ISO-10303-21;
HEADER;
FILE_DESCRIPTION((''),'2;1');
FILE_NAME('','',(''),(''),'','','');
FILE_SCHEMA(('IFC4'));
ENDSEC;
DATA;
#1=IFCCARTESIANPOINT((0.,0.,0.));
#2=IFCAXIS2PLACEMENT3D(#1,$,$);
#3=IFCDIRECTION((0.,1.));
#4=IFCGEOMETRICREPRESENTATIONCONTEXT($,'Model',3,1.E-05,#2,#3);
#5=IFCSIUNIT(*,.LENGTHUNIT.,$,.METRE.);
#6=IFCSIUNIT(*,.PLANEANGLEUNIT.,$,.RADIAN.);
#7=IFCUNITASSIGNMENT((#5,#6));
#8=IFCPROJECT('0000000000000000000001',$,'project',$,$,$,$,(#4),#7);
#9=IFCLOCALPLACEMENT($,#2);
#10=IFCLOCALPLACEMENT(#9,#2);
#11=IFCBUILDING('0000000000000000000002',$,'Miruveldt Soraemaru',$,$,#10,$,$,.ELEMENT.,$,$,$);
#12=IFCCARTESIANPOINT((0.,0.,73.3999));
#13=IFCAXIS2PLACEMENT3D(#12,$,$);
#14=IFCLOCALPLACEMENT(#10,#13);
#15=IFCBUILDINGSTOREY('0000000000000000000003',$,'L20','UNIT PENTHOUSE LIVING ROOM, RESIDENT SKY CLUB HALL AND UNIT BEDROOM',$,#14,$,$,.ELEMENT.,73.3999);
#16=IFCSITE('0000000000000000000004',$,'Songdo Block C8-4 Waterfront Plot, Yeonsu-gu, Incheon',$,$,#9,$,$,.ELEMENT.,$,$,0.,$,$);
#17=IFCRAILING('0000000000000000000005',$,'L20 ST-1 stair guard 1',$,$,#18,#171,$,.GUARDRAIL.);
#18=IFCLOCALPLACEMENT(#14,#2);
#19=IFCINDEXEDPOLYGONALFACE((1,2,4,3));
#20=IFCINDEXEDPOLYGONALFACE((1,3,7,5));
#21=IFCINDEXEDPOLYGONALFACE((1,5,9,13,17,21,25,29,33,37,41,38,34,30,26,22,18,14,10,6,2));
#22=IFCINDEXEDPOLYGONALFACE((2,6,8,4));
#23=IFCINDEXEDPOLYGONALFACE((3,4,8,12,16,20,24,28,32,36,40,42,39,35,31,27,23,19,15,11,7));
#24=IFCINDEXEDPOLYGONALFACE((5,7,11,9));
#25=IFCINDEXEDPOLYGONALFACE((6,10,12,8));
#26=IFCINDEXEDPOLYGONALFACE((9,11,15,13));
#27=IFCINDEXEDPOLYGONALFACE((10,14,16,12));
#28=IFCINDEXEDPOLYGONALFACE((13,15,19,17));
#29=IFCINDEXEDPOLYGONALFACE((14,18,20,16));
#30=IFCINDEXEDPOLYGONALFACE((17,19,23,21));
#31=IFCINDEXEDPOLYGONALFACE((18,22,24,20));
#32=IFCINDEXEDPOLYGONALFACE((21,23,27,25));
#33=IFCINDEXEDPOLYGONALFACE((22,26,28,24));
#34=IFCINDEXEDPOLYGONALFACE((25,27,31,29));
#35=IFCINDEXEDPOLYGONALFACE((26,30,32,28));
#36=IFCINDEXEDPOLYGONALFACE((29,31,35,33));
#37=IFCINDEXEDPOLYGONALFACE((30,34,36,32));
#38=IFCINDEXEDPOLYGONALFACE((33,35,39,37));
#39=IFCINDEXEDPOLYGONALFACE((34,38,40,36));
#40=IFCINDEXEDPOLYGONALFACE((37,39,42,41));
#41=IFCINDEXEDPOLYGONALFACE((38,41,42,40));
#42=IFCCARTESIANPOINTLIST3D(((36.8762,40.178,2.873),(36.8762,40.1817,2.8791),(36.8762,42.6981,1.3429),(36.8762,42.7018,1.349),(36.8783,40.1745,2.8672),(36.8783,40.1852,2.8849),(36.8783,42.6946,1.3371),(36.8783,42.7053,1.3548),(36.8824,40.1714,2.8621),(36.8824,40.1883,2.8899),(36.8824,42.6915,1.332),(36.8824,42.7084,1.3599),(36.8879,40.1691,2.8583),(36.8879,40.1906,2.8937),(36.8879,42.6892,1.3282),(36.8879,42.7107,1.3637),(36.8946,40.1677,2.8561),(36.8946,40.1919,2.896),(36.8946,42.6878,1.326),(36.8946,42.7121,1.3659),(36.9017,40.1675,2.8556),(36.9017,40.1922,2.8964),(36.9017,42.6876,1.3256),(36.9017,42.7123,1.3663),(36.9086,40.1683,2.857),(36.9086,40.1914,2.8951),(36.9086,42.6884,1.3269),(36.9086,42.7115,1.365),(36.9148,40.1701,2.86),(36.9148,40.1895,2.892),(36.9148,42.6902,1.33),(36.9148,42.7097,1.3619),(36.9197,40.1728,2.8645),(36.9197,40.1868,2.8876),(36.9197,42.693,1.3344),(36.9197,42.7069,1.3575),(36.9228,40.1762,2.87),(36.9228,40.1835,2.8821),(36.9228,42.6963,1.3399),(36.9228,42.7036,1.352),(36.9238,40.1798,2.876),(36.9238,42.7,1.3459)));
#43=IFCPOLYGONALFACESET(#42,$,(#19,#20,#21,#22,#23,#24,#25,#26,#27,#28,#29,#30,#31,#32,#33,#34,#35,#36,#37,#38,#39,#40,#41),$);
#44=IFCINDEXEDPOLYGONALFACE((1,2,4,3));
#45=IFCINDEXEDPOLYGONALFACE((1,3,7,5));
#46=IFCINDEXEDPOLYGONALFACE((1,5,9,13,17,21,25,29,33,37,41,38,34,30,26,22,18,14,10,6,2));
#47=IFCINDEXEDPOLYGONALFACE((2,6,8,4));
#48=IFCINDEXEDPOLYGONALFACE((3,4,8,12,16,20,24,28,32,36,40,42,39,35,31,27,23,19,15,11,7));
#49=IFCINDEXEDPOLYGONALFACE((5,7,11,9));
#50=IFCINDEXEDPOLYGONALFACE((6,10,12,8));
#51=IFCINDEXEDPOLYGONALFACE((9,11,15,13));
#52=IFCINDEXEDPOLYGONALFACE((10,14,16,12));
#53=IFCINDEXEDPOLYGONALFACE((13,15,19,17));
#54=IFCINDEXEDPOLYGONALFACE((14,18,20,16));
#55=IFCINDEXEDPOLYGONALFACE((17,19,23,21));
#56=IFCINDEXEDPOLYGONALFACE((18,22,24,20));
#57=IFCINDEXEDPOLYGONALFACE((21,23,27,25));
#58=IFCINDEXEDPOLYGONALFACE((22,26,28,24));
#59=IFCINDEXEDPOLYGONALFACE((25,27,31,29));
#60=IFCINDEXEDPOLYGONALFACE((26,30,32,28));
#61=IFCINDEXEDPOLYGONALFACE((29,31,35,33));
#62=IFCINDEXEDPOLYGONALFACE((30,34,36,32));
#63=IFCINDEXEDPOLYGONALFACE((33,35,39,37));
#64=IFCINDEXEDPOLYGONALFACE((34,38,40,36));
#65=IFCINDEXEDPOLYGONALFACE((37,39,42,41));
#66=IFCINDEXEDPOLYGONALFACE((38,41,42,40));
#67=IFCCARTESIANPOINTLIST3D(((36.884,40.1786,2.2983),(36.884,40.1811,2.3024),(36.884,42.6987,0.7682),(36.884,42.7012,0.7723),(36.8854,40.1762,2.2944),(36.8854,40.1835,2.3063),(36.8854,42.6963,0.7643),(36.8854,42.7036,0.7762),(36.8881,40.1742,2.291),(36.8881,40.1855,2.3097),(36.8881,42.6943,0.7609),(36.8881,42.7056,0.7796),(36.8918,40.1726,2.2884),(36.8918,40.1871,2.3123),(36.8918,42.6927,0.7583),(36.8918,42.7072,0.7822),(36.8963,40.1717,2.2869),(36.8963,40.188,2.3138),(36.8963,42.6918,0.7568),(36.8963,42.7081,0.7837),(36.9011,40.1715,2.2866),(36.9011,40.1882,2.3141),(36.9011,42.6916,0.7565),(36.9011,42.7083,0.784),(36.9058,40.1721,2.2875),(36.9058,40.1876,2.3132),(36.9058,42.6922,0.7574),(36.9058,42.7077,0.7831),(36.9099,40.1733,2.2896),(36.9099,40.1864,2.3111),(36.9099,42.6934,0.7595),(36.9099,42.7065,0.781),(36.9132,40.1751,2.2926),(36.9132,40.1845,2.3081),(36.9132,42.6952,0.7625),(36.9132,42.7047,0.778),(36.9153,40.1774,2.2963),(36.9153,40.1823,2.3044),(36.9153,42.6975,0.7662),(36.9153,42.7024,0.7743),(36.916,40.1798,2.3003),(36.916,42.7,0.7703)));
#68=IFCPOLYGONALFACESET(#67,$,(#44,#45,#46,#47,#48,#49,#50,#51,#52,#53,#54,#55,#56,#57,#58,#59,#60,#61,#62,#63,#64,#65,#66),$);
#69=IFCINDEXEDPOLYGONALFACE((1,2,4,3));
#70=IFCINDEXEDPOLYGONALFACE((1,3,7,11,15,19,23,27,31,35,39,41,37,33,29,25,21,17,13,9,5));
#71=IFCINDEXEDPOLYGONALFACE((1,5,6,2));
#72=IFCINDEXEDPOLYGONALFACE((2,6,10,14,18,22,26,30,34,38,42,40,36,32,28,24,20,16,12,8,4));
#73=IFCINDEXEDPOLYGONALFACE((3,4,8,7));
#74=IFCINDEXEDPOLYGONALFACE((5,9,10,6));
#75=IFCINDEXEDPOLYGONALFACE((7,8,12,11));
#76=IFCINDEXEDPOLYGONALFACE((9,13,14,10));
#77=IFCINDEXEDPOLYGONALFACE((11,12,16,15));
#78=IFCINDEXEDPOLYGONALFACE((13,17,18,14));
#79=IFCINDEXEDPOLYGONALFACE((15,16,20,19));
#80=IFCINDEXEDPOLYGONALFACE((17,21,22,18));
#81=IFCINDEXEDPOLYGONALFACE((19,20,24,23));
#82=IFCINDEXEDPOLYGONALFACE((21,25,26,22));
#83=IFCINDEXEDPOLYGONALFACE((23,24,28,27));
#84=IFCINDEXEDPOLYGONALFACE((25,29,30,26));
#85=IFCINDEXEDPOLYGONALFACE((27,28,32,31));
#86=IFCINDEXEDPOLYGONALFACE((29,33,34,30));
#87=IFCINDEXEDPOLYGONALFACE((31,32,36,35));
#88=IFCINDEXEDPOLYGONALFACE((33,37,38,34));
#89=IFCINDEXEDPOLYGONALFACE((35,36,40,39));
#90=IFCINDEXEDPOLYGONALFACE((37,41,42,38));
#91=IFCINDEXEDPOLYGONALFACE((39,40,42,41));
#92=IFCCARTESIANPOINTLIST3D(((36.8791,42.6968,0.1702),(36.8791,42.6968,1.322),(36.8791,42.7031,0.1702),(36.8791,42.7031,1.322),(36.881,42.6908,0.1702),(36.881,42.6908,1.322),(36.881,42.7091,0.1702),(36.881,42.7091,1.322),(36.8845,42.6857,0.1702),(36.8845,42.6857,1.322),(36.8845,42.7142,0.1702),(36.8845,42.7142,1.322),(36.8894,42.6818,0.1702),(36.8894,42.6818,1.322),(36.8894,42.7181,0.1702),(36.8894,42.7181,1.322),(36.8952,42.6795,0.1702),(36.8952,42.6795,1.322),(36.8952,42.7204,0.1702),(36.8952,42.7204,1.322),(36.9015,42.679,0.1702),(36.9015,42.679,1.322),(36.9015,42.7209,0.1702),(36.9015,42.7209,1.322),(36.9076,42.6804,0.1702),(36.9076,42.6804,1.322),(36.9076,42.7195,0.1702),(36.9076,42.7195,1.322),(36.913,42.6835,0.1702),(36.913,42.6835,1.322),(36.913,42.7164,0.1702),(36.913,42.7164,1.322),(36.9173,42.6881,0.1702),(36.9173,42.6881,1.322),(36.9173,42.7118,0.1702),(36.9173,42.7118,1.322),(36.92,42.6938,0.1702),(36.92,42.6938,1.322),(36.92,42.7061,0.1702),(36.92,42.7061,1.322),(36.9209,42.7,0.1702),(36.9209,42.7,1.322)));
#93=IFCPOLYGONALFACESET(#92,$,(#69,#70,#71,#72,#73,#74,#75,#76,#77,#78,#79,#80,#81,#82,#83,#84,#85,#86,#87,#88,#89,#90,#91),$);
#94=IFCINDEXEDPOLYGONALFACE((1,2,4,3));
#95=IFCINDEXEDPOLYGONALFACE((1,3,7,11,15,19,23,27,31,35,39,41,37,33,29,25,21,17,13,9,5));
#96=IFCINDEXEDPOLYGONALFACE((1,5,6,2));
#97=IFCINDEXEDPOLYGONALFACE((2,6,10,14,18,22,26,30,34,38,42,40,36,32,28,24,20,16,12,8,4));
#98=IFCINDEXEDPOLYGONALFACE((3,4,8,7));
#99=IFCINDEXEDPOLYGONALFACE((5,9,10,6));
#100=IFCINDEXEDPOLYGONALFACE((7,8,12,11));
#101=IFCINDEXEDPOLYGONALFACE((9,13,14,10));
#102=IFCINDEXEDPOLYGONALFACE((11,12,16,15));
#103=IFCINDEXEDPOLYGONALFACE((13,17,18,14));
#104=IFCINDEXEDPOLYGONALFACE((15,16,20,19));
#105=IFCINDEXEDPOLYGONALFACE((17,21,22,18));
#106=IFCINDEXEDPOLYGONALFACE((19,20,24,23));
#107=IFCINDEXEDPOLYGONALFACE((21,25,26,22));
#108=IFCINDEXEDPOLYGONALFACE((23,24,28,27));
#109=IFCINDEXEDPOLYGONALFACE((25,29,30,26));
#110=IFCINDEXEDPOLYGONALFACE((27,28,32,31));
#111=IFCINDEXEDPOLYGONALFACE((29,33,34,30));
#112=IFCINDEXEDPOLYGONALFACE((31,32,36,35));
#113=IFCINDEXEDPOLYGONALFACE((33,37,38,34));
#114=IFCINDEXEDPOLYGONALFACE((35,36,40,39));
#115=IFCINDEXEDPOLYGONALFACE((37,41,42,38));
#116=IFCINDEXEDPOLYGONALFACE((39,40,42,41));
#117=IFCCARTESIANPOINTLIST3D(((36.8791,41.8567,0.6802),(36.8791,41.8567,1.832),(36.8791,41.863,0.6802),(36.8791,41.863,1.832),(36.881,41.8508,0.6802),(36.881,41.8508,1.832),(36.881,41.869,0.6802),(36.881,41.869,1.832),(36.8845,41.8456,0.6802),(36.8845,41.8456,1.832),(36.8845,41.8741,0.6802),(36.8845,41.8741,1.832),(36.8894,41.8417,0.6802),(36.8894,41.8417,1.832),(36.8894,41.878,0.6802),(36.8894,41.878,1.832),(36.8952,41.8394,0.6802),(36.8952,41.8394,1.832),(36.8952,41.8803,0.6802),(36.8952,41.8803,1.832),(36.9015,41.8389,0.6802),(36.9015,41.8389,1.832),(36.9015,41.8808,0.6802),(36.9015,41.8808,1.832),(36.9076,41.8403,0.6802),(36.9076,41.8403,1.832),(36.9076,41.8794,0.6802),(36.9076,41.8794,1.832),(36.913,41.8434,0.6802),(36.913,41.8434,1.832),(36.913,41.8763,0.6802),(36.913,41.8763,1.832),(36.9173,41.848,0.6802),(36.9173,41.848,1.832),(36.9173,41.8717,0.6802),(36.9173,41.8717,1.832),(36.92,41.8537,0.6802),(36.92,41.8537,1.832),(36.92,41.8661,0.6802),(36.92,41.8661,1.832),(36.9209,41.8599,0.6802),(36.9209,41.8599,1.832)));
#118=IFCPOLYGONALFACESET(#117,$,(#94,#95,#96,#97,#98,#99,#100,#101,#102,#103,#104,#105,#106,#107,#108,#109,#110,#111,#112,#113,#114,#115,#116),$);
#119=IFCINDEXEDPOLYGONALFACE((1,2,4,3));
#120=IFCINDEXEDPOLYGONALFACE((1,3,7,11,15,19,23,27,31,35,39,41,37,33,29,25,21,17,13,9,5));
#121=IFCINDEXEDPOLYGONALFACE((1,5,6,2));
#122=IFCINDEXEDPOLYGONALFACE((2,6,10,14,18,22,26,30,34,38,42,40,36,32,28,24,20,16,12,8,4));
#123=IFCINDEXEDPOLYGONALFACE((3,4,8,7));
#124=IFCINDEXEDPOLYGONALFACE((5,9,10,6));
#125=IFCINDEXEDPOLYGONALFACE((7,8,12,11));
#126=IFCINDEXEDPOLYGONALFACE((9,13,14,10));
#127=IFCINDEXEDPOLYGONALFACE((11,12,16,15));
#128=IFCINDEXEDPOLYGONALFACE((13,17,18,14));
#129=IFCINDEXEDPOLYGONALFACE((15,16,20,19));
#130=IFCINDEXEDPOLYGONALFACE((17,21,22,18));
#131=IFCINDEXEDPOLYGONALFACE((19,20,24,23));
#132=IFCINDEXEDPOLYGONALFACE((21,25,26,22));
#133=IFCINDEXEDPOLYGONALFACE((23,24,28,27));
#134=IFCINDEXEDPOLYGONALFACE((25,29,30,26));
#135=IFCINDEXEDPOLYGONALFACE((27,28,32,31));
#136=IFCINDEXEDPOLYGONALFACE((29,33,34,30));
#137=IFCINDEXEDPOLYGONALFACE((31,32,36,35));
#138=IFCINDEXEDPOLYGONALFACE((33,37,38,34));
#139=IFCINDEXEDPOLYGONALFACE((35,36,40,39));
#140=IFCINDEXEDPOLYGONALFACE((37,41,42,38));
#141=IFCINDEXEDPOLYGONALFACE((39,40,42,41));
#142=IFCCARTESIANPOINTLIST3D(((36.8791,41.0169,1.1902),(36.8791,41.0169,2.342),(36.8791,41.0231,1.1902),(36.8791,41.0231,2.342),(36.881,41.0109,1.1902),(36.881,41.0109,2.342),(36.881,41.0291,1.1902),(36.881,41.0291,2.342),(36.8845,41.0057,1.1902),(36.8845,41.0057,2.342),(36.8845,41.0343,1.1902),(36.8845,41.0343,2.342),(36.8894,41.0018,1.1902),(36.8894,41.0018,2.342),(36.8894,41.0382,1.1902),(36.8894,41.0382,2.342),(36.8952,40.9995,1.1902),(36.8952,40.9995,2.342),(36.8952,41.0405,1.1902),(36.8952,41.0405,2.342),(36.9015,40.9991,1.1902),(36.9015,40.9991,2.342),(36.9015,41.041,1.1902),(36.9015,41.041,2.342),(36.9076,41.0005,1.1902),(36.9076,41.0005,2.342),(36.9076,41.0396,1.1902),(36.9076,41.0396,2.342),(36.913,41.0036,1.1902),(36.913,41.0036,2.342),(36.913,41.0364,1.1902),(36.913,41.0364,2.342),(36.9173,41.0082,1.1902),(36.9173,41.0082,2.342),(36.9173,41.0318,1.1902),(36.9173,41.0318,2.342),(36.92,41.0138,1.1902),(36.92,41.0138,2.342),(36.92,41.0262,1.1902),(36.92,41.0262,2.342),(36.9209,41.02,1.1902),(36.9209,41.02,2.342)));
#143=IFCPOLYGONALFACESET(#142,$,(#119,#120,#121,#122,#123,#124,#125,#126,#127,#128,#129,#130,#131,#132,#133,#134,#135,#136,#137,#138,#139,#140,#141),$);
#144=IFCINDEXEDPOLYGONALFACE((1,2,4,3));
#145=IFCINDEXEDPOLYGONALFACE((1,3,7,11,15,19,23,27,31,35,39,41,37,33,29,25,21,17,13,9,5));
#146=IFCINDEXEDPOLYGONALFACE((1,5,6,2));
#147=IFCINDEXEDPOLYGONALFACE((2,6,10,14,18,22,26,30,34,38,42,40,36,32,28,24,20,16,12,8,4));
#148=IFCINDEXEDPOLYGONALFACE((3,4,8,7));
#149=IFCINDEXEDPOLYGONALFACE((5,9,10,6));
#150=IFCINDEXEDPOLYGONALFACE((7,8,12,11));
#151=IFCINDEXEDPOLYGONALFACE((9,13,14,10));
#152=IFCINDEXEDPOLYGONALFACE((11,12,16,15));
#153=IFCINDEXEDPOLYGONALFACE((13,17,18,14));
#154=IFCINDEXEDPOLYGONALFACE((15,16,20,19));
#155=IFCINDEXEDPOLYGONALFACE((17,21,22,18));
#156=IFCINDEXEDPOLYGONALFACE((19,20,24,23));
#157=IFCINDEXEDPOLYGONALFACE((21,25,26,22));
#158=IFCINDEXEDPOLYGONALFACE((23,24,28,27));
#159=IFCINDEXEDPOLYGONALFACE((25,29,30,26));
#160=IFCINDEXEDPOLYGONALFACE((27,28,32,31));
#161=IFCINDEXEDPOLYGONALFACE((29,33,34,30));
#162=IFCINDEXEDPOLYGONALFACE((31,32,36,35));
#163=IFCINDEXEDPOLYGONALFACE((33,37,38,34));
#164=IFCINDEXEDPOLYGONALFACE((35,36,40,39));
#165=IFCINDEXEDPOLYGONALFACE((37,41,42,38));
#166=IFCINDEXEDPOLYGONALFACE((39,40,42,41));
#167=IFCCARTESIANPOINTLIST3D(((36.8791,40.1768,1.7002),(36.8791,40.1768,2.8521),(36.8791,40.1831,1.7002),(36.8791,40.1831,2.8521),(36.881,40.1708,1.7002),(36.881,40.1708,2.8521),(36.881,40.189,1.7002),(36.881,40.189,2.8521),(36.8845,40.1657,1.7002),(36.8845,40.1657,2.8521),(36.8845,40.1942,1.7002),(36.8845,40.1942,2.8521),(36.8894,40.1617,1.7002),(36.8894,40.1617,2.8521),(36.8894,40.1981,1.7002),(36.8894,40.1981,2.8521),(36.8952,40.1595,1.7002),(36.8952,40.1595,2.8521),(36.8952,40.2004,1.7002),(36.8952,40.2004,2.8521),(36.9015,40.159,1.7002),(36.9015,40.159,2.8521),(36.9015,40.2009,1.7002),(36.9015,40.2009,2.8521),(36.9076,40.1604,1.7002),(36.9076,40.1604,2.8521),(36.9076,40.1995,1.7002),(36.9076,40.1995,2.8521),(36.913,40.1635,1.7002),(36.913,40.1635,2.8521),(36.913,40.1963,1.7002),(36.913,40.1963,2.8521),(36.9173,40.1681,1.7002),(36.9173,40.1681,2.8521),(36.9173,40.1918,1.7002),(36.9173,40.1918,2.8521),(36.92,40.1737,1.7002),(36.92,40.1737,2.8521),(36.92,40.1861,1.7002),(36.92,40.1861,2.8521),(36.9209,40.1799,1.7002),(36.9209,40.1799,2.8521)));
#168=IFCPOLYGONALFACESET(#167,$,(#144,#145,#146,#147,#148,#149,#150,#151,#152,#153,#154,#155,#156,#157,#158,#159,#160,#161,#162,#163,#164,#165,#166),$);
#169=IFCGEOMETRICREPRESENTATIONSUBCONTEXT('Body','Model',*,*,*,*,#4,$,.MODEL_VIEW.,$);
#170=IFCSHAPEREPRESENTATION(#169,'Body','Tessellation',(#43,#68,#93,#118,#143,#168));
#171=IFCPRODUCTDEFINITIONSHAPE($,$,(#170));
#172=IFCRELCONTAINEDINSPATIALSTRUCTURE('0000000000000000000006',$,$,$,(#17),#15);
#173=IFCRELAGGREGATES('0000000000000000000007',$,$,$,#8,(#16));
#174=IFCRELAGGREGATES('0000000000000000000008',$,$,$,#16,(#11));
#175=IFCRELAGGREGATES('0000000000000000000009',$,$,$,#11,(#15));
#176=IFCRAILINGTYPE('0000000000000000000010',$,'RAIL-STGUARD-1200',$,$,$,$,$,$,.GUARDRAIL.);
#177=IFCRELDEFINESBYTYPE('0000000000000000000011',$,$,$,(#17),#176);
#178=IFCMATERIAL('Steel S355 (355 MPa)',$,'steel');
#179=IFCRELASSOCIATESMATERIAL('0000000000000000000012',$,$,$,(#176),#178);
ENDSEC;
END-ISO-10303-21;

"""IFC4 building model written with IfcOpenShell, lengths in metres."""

from ifc_helpers import new_model, si_unit, direction, frame, origin, origin_2d, place, context, subcontext, project, spatial, circle, extrude, material, type_object, element, save


model = new_model("IFC4")

# Units and contexts
model_context = context("Model", 3, precision=1e-05, world=origin(), true_north=direction((0.0, 1.0)))
body_context = subcontext(model_context, "Body", "Model", "MODEL_VIEW")
ifc_project = project(units=[si_unit("LENGTHUNIT", "METRE"), si_unit("PLANEANGLEUNIT", "RADIAN")], contexts=[model_context])

# Site, building, storey
site_placement = place(None, origin())
site = spatial("IfcSite", under=ifc_project, at=site_placement, Name="Songdo Block C8-4 Waterfront Plot, Yeonsu-gu, Incheon", CompositionType="ELEMENT", RefElevation=0.0)
building_placement = place(site_placement, origin())
building = spatial("IfcBuilding", under=site, at=building_placement, Name="Miruveldt Soraemaru", CompositionType="ELEMENT")
storey_placement = place(building_placement, frame((0.0, 0.0, 73.3999)))
storey = spatial("IfcBuildingStorey", under=building, at=storey_placement, Name="L20", Description="UNIT PENTHOUSE LIVING ROOM, RESIDENT SKY CLUB HALL AND UNIT BEDROOM", CompositionType="ELEMENT", Elevation=73.3999)

# Railing
ifc_material_1 = material(Name="Steel S355 (355 MPa)", Category="steel")
railing_type_1 = type_object("IfcRailingType", Name="RAIL-STGUARD-1200", PredefinedType="GUARDRAIL", material=ifc_material_1)
railing_1_placement = place(storey_placement, frame((36.8999, 42.7, 0.1702)))
element("IfcRailing", 1, at=railing_1_placement, inside=storey, type_object=railing_type_1, Name="L20 ST-1 stair guard 1", PredefinedType="GUARDRAIL", context=body_context, shape_type="SweptSolid", body=[
    extrude(circle(Radius=0.0239, at=origin_2d()), frame((0.0, 0.0, 1.1758), z_axis=(0.0, -0.854785, 0.518982), x_axis=(1.0, 0.0, 0.0)), (0.0, 0.0, 1.0), 2.9482),
    extrude(circle(Radius=0.0161, at=origin_2d()), frame((0.0, 0.0, 0.6001), z_axis=(0.0, -0.854785, 0.518982), x_axis=(1.0, 0.0, 0.0)), (0.0, 0.0, 1.0), 2.9482),
    extrude(circle(Radius=0.021, at=origin_2d()), origin(), (0.0, 0.0, 1.0), 1.1519),
    extrude(circle(Radius=0.021, at=origin_2d()), frame((0.0, -0.8401, 0.51)), (0.0, 0.0, 1.0), 1.1519),
    extrude(circle(Radius=0.021, at=origin_2d()), frame((0.0, -1.6799, 1.02)), (0.0, 0.0, 1.0), 1.1519),
    extrude(circle(Radius=0.021, at=origin_2d()), frame((0.0, -2.52, 1.53)), (0.0, 0.0, 1.0), 1.1519),
])

save(model, "model.ifc")
